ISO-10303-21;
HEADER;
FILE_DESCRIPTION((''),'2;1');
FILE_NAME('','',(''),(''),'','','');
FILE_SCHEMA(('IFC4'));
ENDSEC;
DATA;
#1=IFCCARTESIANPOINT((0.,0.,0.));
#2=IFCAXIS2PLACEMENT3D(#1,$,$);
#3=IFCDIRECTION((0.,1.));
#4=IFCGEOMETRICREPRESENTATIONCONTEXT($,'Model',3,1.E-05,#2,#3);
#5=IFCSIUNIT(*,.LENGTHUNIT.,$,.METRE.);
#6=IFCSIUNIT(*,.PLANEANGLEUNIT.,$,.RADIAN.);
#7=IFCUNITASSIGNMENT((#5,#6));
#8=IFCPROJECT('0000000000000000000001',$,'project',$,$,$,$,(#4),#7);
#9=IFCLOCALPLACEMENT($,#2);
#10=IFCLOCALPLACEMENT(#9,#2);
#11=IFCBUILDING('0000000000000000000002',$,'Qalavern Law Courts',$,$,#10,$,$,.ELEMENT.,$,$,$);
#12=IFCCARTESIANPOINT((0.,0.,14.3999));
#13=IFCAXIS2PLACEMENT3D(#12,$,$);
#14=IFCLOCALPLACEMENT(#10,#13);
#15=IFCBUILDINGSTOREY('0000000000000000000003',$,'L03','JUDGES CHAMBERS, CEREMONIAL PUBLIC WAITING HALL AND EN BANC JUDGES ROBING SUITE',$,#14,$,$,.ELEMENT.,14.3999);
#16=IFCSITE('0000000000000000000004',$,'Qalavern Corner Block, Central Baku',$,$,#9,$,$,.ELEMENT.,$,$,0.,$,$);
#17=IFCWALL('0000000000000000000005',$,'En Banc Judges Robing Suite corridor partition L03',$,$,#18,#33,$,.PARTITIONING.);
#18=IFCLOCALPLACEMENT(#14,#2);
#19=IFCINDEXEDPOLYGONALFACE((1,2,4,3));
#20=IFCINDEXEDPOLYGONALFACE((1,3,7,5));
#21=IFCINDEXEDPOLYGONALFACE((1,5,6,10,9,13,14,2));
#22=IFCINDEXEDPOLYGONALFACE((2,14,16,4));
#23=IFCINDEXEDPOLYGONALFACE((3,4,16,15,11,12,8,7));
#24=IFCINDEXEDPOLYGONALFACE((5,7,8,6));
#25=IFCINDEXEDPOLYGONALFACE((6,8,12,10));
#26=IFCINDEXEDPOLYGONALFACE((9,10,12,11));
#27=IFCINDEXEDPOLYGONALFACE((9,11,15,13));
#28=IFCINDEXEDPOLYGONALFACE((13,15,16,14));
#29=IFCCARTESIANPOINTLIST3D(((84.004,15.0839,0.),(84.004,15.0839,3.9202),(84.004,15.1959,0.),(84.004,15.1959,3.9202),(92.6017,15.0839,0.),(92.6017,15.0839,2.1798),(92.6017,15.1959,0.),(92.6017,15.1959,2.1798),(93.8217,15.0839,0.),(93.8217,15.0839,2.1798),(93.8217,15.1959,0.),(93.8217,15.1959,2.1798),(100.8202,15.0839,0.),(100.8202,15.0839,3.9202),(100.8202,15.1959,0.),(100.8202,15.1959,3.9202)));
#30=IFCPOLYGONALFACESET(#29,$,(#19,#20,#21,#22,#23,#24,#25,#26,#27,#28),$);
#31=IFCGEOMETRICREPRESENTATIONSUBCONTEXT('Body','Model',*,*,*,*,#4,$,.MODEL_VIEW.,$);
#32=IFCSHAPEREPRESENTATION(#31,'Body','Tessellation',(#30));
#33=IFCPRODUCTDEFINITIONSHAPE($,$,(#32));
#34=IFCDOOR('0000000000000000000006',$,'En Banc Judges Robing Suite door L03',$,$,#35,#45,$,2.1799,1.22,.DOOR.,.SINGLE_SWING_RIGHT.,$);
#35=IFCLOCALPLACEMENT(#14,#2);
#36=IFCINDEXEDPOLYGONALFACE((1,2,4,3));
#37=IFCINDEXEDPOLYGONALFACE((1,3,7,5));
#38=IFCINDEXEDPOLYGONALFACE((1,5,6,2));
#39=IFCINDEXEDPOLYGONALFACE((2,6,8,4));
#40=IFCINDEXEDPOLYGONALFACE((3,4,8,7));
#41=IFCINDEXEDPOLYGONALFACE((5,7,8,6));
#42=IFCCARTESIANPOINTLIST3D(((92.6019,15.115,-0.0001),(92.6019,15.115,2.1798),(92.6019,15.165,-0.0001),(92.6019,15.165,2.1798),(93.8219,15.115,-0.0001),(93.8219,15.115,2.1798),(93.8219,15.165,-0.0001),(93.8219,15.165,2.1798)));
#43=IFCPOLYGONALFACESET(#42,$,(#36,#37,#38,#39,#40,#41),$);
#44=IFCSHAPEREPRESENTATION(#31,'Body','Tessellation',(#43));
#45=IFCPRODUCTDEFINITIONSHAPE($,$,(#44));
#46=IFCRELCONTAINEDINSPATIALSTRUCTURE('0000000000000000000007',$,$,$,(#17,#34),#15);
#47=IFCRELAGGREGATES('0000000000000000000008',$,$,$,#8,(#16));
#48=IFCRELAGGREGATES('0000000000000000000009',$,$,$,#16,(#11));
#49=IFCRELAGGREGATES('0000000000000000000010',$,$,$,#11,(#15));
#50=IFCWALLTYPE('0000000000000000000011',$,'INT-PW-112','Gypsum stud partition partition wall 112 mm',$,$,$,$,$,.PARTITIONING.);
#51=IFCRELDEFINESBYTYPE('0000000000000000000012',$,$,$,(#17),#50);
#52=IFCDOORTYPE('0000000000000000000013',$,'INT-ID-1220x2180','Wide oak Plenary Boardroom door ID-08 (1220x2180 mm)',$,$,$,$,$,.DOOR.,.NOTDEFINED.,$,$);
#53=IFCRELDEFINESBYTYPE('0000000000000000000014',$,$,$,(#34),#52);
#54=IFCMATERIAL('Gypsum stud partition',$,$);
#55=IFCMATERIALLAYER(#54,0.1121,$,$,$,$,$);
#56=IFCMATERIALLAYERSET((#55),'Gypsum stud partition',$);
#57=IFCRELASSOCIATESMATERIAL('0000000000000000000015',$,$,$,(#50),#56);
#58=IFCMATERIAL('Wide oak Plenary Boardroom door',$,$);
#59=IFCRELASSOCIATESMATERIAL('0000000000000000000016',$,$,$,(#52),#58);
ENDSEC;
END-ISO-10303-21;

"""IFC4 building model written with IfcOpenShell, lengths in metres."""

from ifc_helpers import new_model, si_unit, direction, frame, frame_2d, origin, place, context, subcontext, project, spatial, rectangle, extrude, material, layer, layer_set, type_object, element, fill, save


model = new_model("IFC4")

# Units and contexts
model_context = context("Model", 3, precision=1e-05, world=origin(), true_north=direction((0.0, 1.0)))
body_context = subcontext(model_context, "Body", "Model", "MODEL_VIEW")
ifc_project = project(units=[si_unit("LENGTHUNIT", "METRE"), si_unit("PLANEANGLEUNIT", "RADIAN")], contexts=[model_context])

# Site, building, storey
site_placement = place(None, origin())
site = spatial("IfcSite", under=ifc_project, at=site_placement, Name="Qalavern Corner Block, Central Baku", CompositionType="ELEMENT", RefElevation=0.0)
building_placement = place(site_placement, origin())
building = spatial("IfcBuilding", under=site, at=building_placement, Name="Qalavern Law Courts", CompositionType="ELEMENT")
storey_placement = place(building_placement, frame((0.0, 0.0, 14.3999)))
storey = spatial("IfcBuildingStorey", under=building, at=storey_placement, Name="L03", Description="JUDGES CHAMBERS, CEREMONIAL PUBLIC WAITING HALL AND EN BANC JUDGES ROBING SUITE", CompositionType="ELEMENT", Elevation=14.3999)

# Wall, opening, door
ifc_material_1 = material(Name="Gypsum stud partition")
ifc_layer_1 = layer(ifc_material_1, 0.1121)
ifc_layer_set_1 = layer_set([ifc_layer_1], Name="Gypsum stud partition")
wall_type = type_object("IfcWallType", Name="INT-PW-112", Description="Gypsum stud partition partition wall 112 mm", PredefinedType="PARTITIONING", material=ifc_layer_set_1)
wall_placement = place(storey_placement, frame((84.0039, 15.1399, 0.0), z_axis=(0.0, 0.0, 1.0), x_axis=(1.0, 0.0, 0.0)))
wall = element("IfcWall", 1, at=wall_placement, inside=storey, type_object=wall_type, Name="En Banc Judges Robing Suite corridor partition L03", PredefinedType="PARTITIONING", context=body_context, shape_type="SweptSolid", body=[
    extrude(rectangle(XDim=16.8162, YDim=0.1121, at=frame_2d((8.4082, 0.0))), origin(), (0.0, 0.0, 1.0), 3.9202),
])
opening_placement = place(wall_placement, frame((8.5979, 0.0, 0.0)))
opening = element("IfcOpeningElement", 2, at=opening_placement, cuts=wall, PredefinedType="OPENING", context=body_context, shape_type="SweptSolid", body=[
    extrude(rectangle(XDim=1.22, YDim=2.1799, at=frame_2d((0.6099, 1.0898))), frame((0.0, 0.0708, 0.0), z_axis=(0.0, -1.0, 0.0), x_axis=(1.0, 0.0, 0.0)), (0.0, 0.0, 1.0), 0.1418),
])
ifc_material_2 = material(Name="Wide oak Plenary Boardroom door")
door_type = type_object("IfcDoorType", Name="INT-ID-1220x2180", Description="Wide oak Plenary Boardroom door ID-08 (1220x2180 mm)", OperationType="NOTDEFINED", PredefinedType="DOOR", material=ifc_material_2)
door_placement = place(opening_placement, frame((1.22, 0.0, 0.0), z_axis=(0.0, 0.0, 1.0), x_axis=(-1.0, 0.0, 0.0)))
door = element("IfcDoor", 3, at=door_placement, inside=storey, type_object=door_type, Name="En Banc Judges Robing Suite door L03", OperationType="SINGLE_SWING_RIGHT", OverallHeight=2.1799, OverallWidth=1.22, PredefinedType="DOOR", context=body_context, shape_type="SweptSolid", body=[
    extrude(rectangle(XDim=1.22, YDim=2.1799, at=frame_2d((0.6099, 1.0898))), frame((0.0, 0.0249, 0.0), z_axis=(0.0, -1.0, 0.0), x_axis=(1.0, 0.0, 0.0)), (0.0, 0.0, 1.0), 0.05),
])
fill(opening, door)

save(model, "model.ifc")
